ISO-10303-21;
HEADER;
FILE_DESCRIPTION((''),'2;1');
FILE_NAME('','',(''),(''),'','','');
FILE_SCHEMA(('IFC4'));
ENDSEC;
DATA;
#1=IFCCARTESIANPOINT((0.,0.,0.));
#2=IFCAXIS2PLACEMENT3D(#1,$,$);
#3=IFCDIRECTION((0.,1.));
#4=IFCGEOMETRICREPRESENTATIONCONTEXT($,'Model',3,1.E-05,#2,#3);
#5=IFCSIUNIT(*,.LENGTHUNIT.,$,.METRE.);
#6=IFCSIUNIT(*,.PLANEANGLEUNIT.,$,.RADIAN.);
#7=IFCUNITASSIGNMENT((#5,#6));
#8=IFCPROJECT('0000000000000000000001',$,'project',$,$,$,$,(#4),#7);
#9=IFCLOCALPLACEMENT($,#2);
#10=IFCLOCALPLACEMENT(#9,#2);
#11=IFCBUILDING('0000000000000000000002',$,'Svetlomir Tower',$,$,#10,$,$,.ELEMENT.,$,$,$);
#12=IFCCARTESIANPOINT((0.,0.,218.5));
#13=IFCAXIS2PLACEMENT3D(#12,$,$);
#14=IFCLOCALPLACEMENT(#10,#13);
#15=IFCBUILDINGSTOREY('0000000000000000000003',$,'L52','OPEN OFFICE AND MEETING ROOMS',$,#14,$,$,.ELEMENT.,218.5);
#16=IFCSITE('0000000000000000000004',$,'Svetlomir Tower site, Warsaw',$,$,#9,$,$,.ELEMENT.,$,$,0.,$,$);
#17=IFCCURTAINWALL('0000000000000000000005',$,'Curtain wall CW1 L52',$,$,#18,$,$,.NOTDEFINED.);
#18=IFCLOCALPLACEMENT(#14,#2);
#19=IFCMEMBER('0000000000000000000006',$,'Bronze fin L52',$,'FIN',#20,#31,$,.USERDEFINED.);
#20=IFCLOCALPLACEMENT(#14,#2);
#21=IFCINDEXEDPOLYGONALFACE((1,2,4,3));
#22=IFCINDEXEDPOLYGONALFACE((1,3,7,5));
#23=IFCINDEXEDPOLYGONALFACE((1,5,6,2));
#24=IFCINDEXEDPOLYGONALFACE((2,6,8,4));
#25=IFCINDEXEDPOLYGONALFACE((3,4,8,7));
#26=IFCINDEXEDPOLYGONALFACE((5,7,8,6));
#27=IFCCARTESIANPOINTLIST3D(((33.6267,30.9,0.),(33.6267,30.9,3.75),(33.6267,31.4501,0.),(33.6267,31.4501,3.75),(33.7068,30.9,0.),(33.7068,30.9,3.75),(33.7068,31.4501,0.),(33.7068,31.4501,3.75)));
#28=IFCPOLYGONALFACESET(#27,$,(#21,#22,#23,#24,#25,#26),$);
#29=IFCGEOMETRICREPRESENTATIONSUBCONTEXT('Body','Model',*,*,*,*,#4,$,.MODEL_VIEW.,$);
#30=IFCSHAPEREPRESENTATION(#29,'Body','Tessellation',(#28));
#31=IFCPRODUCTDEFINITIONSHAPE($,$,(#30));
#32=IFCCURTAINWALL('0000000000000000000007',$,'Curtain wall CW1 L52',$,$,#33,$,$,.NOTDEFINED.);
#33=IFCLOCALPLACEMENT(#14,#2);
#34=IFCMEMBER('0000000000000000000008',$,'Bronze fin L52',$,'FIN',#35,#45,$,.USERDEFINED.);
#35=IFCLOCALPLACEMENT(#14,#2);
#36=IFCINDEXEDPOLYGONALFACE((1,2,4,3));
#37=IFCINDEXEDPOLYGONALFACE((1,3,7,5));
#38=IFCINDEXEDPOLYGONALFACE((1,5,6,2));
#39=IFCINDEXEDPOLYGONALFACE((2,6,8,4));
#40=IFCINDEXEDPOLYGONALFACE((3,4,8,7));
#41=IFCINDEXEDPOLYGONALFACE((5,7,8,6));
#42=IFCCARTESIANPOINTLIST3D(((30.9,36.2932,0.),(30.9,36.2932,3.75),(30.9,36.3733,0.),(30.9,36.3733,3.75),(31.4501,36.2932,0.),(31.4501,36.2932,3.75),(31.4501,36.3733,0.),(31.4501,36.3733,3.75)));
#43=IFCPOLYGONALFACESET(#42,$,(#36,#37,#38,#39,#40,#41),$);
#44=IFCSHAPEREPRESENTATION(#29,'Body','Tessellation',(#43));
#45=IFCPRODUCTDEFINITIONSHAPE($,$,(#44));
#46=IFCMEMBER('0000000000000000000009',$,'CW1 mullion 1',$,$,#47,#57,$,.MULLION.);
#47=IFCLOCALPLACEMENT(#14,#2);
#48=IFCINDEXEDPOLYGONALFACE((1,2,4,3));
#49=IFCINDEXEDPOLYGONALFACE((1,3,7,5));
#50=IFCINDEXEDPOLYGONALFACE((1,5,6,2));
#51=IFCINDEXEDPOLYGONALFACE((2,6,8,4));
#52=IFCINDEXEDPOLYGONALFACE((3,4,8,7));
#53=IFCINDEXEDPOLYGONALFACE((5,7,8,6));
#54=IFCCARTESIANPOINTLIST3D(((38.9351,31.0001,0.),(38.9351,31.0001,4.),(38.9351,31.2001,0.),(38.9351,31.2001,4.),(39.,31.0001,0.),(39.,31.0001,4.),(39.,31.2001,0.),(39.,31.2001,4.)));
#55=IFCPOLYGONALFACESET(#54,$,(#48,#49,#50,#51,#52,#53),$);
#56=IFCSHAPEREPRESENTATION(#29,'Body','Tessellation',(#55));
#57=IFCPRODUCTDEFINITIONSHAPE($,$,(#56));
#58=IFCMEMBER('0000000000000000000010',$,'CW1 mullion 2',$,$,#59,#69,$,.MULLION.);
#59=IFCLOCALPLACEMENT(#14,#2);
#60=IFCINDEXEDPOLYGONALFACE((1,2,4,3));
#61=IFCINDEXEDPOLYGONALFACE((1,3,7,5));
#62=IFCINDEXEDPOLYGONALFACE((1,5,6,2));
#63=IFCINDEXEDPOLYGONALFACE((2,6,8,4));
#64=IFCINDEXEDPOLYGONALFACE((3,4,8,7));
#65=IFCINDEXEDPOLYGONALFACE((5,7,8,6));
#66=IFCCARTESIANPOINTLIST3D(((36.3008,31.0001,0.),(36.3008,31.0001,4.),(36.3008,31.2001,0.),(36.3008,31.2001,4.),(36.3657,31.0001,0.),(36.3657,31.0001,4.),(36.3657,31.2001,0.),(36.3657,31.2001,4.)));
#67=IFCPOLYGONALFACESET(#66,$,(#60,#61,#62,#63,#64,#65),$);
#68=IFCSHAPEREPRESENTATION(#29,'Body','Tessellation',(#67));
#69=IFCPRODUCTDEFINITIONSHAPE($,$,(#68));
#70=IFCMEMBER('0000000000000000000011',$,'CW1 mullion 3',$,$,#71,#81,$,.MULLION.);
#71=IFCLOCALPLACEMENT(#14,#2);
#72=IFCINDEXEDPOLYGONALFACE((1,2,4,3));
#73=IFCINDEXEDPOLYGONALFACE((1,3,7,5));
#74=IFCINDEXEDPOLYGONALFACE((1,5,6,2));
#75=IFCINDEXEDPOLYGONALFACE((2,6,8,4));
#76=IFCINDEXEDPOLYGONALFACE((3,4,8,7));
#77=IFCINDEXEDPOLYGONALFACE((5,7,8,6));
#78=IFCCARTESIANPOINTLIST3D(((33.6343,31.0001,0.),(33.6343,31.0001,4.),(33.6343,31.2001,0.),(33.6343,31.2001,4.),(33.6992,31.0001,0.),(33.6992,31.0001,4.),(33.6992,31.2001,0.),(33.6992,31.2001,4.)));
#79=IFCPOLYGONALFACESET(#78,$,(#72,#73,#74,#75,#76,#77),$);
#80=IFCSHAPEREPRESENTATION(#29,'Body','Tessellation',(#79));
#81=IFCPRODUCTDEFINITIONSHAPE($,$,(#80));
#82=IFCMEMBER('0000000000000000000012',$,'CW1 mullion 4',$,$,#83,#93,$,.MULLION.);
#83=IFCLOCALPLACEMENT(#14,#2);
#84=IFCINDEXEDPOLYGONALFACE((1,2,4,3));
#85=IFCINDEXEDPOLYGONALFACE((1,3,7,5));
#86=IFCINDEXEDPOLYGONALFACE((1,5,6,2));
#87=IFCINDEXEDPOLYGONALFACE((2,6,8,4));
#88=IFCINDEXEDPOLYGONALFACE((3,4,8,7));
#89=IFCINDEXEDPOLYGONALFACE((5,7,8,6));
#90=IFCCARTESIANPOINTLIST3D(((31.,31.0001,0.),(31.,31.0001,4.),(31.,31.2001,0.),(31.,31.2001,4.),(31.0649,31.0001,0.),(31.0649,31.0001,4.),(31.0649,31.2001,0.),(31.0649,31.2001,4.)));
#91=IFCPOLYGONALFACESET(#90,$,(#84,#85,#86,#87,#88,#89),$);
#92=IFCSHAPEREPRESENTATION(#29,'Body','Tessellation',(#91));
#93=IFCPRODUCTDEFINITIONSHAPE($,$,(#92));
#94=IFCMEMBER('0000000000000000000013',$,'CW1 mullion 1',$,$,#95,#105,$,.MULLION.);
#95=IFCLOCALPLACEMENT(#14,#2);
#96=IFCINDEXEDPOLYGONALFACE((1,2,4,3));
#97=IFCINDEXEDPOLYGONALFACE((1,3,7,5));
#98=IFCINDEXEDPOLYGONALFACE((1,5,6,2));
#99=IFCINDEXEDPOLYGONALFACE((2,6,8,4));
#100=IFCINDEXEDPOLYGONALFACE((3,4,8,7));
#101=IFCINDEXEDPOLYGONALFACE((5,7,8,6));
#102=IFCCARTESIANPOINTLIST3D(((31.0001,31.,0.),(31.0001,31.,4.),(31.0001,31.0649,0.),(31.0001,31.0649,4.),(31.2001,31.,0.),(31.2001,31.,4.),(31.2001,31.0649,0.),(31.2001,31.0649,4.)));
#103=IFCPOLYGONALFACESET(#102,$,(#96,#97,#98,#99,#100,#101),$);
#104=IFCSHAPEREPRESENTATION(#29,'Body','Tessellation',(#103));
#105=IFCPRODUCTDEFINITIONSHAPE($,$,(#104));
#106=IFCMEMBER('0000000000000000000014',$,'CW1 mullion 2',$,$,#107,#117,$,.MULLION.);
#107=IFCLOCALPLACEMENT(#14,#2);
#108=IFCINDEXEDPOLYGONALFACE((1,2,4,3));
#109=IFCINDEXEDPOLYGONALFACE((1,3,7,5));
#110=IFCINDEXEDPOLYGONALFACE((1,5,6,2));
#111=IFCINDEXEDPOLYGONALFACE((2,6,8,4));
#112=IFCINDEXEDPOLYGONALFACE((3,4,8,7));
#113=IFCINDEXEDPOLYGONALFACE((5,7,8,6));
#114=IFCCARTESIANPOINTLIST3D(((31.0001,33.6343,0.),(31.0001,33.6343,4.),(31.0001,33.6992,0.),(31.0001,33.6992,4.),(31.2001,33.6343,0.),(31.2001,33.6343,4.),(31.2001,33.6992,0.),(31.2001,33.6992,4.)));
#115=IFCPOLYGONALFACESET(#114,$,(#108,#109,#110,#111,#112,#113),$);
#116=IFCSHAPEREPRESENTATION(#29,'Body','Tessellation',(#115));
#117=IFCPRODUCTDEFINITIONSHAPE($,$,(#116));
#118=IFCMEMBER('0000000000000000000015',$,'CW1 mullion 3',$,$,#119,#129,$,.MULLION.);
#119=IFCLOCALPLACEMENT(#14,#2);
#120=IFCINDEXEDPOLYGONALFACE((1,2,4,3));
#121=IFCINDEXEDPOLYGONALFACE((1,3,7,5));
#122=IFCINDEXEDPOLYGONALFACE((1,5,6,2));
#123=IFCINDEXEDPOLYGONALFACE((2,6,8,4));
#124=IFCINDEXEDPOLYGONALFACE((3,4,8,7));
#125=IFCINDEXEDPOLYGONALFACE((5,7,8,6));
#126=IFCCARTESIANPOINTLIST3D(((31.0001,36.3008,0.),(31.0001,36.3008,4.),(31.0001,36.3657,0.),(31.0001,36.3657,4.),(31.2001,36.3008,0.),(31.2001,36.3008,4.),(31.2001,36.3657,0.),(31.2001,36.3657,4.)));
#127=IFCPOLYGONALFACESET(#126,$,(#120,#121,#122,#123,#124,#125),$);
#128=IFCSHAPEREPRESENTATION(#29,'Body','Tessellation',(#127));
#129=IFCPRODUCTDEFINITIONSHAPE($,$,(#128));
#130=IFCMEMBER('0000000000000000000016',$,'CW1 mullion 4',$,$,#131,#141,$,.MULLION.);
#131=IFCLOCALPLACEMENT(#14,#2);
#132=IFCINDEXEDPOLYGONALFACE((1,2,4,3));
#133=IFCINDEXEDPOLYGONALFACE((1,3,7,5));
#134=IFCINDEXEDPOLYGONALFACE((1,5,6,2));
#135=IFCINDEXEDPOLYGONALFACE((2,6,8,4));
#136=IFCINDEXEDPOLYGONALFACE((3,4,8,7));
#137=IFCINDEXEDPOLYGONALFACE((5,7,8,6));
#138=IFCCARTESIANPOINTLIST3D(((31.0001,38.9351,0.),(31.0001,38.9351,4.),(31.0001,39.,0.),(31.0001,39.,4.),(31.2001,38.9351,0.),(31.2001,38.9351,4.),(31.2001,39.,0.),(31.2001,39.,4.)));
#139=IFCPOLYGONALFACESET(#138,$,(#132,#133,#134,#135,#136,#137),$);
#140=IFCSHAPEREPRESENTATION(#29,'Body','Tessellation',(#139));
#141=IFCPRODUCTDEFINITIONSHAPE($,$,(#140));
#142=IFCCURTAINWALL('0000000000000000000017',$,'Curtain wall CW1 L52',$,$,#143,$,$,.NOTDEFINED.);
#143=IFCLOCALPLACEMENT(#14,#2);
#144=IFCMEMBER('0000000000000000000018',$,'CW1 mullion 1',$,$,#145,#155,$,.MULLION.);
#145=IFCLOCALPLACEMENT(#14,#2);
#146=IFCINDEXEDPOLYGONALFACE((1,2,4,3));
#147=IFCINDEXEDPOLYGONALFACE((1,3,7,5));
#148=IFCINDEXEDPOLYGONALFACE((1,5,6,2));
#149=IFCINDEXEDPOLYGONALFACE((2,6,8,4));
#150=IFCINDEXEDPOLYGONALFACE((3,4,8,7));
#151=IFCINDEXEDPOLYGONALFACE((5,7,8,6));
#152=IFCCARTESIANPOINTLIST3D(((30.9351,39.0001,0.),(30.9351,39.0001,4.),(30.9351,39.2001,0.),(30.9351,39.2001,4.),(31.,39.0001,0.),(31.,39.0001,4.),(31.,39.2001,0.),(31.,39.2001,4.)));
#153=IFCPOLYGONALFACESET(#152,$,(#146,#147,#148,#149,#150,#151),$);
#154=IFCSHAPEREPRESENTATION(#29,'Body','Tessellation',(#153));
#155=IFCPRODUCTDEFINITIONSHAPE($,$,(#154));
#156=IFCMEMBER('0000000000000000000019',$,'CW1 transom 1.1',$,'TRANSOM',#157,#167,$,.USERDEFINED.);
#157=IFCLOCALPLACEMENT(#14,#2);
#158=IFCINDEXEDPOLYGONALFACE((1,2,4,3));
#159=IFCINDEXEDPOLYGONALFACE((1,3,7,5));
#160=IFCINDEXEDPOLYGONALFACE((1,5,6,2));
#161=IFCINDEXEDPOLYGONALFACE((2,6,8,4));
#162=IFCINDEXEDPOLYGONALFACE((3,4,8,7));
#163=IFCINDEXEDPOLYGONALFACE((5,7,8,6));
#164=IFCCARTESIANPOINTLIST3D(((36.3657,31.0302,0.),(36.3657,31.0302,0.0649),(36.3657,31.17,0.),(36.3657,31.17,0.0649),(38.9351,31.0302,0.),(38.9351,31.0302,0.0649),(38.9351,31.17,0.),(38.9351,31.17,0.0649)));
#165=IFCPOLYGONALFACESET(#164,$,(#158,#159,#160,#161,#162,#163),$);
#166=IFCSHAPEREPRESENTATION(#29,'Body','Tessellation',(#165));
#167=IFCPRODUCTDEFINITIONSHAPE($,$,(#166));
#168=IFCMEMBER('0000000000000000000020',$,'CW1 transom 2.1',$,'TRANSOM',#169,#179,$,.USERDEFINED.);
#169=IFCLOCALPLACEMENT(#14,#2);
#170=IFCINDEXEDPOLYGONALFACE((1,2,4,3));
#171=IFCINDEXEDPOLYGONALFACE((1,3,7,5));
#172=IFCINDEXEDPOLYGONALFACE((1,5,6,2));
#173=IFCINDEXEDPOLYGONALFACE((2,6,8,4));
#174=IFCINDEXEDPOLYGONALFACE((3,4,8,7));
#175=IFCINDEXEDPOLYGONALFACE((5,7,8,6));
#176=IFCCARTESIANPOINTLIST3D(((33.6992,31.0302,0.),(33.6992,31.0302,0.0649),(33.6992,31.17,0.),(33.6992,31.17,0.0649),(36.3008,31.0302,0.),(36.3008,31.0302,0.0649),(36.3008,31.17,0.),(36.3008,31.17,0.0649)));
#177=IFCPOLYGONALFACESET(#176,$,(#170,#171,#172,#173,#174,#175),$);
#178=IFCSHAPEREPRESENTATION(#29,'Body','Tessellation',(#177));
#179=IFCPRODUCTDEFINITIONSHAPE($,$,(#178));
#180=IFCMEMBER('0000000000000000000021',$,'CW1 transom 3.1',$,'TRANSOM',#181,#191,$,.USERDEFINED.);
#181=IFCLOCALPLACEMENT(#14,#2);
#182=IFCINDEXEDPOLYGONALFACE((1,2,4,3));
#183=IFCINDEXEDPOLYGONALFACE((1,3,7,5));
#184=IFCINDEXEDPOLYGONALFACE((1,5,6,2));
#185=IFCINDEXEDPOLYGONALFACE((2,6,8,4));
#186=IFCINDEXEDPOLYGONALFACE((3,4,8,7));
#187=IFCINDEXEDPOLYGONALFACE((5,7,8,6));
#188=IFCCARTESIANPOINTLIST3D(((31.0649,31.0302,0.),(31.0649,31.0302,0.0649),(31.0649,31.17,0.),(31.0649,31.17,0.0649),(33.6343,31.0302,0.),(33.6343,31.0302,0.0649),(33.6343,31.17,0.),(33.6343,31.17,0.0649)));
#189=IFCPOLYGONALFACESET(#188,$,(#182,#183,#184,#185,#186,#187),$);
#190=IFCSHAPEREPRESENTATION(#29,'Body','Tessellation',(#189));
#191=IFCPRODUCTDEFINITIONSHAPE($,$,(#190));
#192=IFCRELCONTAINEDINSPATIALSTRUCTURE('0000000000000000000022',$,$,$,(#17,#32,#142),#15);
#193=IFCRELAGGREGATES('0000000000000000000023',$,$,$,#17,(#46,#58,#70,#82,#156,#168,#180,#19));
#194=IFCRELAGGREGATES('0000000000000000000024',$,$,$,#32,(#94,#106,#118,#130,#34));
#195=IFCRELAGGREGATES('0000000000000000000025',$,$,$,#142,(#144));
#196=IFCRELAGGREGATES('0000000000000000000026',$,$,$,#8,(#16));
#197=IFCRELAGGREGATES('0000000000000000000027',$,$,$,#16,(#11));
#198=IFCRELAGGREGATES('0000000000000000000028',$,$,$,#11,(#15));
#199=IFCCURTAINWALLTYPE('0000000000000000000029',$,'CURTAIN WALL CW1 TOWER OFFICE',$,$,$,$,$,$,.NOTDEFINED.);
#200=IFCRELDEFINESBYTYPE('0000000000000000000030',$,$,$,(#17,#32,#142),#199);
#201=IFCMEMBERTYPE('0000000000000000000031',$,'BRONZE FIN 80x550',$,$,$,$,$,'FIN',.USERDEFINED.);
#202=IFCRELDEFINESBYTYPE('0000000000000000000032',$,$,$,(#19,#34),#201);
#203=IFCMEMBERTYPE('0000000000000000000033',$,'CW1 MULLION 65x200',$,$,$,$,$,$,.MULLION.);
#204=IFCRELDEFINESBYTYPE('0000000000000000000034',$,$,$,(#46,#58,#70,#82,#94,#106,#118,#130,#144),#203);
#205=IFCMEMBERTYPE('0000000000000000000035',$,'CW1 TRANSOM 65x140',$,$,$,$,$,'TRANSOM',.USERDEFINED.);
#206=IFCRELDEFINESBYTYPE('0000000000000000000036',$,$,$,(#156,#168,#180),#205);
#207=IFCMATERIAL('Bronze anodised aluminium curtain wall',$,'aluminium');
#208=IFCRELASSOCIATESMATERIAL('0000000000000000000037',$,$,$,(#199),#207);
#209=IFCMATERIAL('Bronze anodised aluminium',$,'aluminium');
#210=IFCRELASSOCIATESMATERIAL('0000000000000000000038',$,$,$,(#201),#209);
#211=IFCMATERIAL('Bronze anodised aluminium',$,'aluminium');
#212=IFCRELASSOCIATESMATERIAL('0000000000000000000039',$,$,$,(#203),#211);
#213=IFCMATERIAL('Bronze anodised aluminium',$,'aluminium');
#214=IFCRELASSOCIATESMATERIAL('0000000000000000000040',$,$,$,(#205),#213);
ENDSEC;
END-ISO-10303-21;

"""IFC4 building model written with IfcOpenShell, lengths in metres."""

from ifc_helpers import new_model, si_unit, direction, frame, origin, origin_2d, place, context, subcontext, project, spatial, rectangle, extrude, material, material_profile, profile_set, type_object, element, aggregate, save


model = new_model("IFC4")

# Units and contexts
model_context = context("Model", 3, precision=1e-05, world=origin(), true_north=direction((0.0, 1.0)))
body_context = subcontext(model_context, "Body", "Model", "MODEL_VIEW")
ifc_project = project(units=[si_unit("LENGTHUNIT", "METRE"), si_unit("PLANEANGLEUNIT", "RADIAN")], contexts=[model_context])

# Site, building, storey
site_placement = place(None, origin())
site = spatial("IfcSite", under=ifc_project, at=site_placement, Name="Svetlomir Tower site, Warsaw", CompositionType="ELEMENT", RefElevation=0.0)
building_placement = place(site_placement, origin())
building = spatial("IfcBuilding", under=site, at=building_placement, Name="Svetlomir Tower", CompositionType="ELEMENT")
storey_placement = place(building_placement, frame((0.0, 0.0, 218.5)))
storey = spatial("IfcBuildingStorey", under=building, at=storey_placement, Name="L52", Description="OPEN OFFICE AND MEETING ROOMS", CompositionType="ELEMENT", Elevation=218.5)

# Curtain walls, members
ifc_material_1 = material(Name="Bronze anodised aluminium curtain wall", Category="aluminium")
curtain_wall_type = type_object("IfcCurtainWallType", Name="CURTAIN WALL CW1 TOWER OFFICE", PredefinedType="NOTDEFINED", material=ifc_material_1)
curtain_wall_1_placement = place(storey_placement, origin())
curtain_wall_1 = element("IfcCurtainWall", 1, at=curtain_wall_1_placement, inside=storey, type_object=curtain_wall_type, Name="Curtain wall CW1 L52", PredefinedType="NOTDEFINED")
ifc_material_2 = material(Name="Bronze anodised aluminium", Category="aluminium")
ifc_material_profile_1 = material_profile(ifc_material_2, rectangle(XDim=0.0801, YDim=0.55, at=origin_2d()), Name="FIN 80x550")
ifc_profile_set_1 = profile_set([ifc_material_profile_1], Name="Bronze anodised aluminium 6063-T6")
member_type_1 = type_object("IfcMemberType", Name="BRONZE FIN 80x550", ElementType="FIN", PredefinedType="USERDEFINED", material=ifc_profile_set_1)
member_1_placement = place(storey_placement, frame((33.6667, 31.175, 0.0), z_axis=(0.0, 0.0, 1.0), x_axis=(1.0, 0.0, 0.0)))
member_1 = element("IfcMember", 2, at=member_1_placement, type_object=member_type_1, Name="Bronze fin L52", ObjectType="FIN", PredefinedType="USERDEFINED", context=body_context, shape_type="SweptSolid", body=[
    extrude(rectangle(XDim=0.0801, YDim=0.55, at=origin_2d()), origin(), (0.0, 0.0, 1.0), 3.75),
])
curtain_wall_2_placement = place(storey_placement, origin())
curtain_wall_2 = element("IfcCurtainWall", 3, at=curtain_wall_2_placement, inside=storey, type_object=curtain_wall_type, Name="Curtain wall CW1 L52", PredefinedType="NOTDEFINED")
member_2_placement = place(storey_placement, frame((31.175, 36.3333, 0.0), z_axis=(0.0, 0.0, 1.0), x_axis=(0.0, 1.0, 0.0)))
member_2 = element("IfcMember", 4, at=member_2_placement, type_object=member_type_1, Name="Bronze fin L52", ObjectType="FIN", PredefinedType="USERDEFINED", context=body_context, shape_type="SweptSolid", body=[
    extrude(rectangle(XDim=0.0801, YDim=0.55, at=origin_2d()), origin(), (0.0, 0.0, 1.0), 3.75),
])

# Members
ifc_material_3 = material(Name="Bronze anodised aluminium", Category="aluminium")
ifc_material_profile_2 = material_profile(ifc_material_3, rectangle(XDim=0.0649, YDim=0.2, at=origin_2d()), Name="AL 65x200")
ifc_profile_set_2 = profile_set([ifc_material_profile_2], Name="Bronze anodised aluminium 6063-T6")
member_type_2 = type_object("IfcMemberType", Name="CW1 MULLION 65x200", PredefinedType="MULLION", material=ifc_profile_set_2)
member_3_placement = place(storey_placement, frame((38.9675, 31.1001, 0.0), z_axis=(0.0, 0.0, 1.0), x_axis=(-1.0, 0.0, 0.0)))
member_3 = element("IfcMember", 5, at=member_3_placement, type_object=member_type_2, Name="CW1 mullion 1", PredefinedType="MULLION", context=body_context, shape_type="SweptSolid", body=[
    extrude(rectangle(XDim=0.0649, YDim=0.2, at=origin_2d()), origin(), (0.0, 0.0, 1.0), 4.0),
])
member_4_placement = place(storey_placement, frame((36.3333, 31.1001, 0.0), z_axis=(0.0, 0.0, 1.0), x_axis=(-1.0, 0.0, 0.0)))
member_4 = element("IfcMember", 6, at=member_4_placement, type_object=member_type_2, Name="CW1 mullion 2", PredefinedType="MULLION", context=body_context, shape_type="SweptSolid", body=[
    extrude(rectangle(XDim=0.0649, YDim=0.2, at=origin_2d()), origin(), (0.0, 0.0, 1.0), 4.0),
])
member_5_placement = place(storey_placement, frame((33.6667, 31.1001, 0.0), z_axis=(0.0, 0.0, 1.0), x_axis=(-1.0, 0.0, 0.0)))
member_5 = element("IfcMember", 7, at=member_5_placement, type_object=member_type_2, Name="CW1 mullion 3", PredefinedType="MULLION", context=body_context, shape_type="SweptSolid", body=[
    extrude(rectangle(XDim=0.0649, YDim=0.2, at=origin_2d()), origin(), (0.0, 0.0, 1.0), 4.0),
])
member_6_placement = place(storey_placement, frame((31.0325, 31.1001, 0.0), z_axis=(0.0, 0.0, 1.0), x_axis=(-1.0, 0.0, 0.0)))
member_6 = element("IfcMember", 8, at=member_6_placement, type_object=member_type_2, Name="CW1 mullion 4", PredefinedType="MULLION", context=body_context, shape_type="SweptSolid", body=[
    extrude(rectangle(XDim=0.0649, YDim=0.2, at=origin_2d()), origin(), (0.0, 0.0, 1.0), 4.0),
])
member_7_placement = place(storey_placement, frame((31.1001, 31.0325, 0.0), z_axis=(0.0, 0.0, 1.0), x_axis=(0.0, 1.0, 0.0)))
member_7 = element("IfcMember", 9, at=member_7_placement, type_object=member_type_2, Name="CW1 mullion 1", PredefinedType="MULLION", context=body_context, shape_type="SweptSolid", body=[
    extrude(rectangle(XDim=0.0649, YDim=0.2, at=origin_2d()), origin(), (0.0, 0.0, 1.0), 4.0),
])
member_8_placement = place(storey_placement, frame((31.1001, 33.6667, 0.0), z_axis=(0.0, 0.0, 1.0), x_axis=(0.0, 1.0, 0.0)))
member_8 = element("IfcMember", 10, at=member_8_placement, type_object=member_type_2, Name="CW1 mullion 2", PredefinedType="MULLION", context=body_context, shape_type="SweptSolid", body=[
    extrude(rectangle(XDim=0.0649, YDim=0.2, at=origin_2d()), origin(), (0.0, 0.0, 1.0), 4.0),
])
member_9_placement = place(storey_placement, frame((31.1001, 36.3333, 0.0), z_axis=(0.0, 0.0, 1.0), x_axis=(0.0, 1.0, 0.0)))
member_9 = element("IfcMember", 11, at=member_9_placement, type_object=member_type_2, Name="CW1 mullion 3", PredefinedType="MULLION", context=body_context, shape_type="SweptSolid", body=[
    extrude(rectangle(XDim=0.0649, YDim=0.2, at=origin_2d()), origin(), (0.0, 0.0, 1.0), 4.0),
])
member_10_placement = place(storey_placement, frame((31.1001, 38.9675, 0.0), z_axis=(0.0, 0.0, 1.0), x_axis=(0.0, 1.0, 0.0)))
member_10 = element("IfcMember", 12, at=member_10_placement, type_object=member_type_2, Name="CW1 mullion 4", PredefinedType="MULLION", context=body_context, shape_type="SweptSolid", body=[
    extrude(rectangle(XDim=0.0649, YDim=0.2, at=origin_2d()), origin(), (0.0, 0.0, 1.0), 4.0),
])

# Curtain wall, member
curtain_wall_3_placement = place(storey_placement, origin())
curtain_wall_3 = element("IfcCurtainWall", 13, at=curtain_wall_3_placement, inside=storey, type_object=curtain_wall_type, Name="Curtain wall CW1 L52", PredefinedType="NOTDEFINED")
member_11_placement = place(storey_placement, frame((30.9675, 39.1001, 0.0), z_axis=(0.0, 0.0, 1.0), x_axis=(-1.0, 0.0, 0.0)))
member_11 = element("IfcMember", 14, at=member_11_placement, type_object=member_type_2, Name="CW1 mullion 1", PredefinedType="MULLION", context=body_context, shape_type="SweptSolid", body=[
    extrude(rectangle(XDim=0.0649, YDim=0.2, at=origin_2d()), origin(), (0.0, 0.0, 1.0), 4.0),
])

# Members
ifc_material_4 = material(Name="Bronze anodised aluminium", Category="aluminium")
ifc_material_profile_3 = material_profile(ifc_material_4, rectangle(XDim=0.1399, YDim=0.0649, at=origin_2d()), Name="AL 140x65")
ifc_profile_set_3 = profile_set([ifc_material_profile_3], Name="Bronze anodised aluminium 6063-T6")
member_type_3 = type_object("IfcMemberType", Name="CW1 TRANSOM 65x140", ElementType="TRANSOM", PredefinedType="USERDEFINED", material=ifc_profile_set_3)
member_12_placement = place(storey_placement, frame((38.9351, 31.1001, 0.0325), z_axis=(-1.0, 0.0, 0.0), x_axis=(0.0, -1.0, 0.0)))
member_12 = element("IfcMember", 15, at=member_12_placement, type_object=member_type_3, Name="CW1 transom 1.1", ObjectType="TRANSOM", PredefinedType="USERDEFINED", context=body_context, shape_type="SweptSolid", body=[
    extrude(rectangle(XDim=0.1399, YDim=0.0649, at=origin_2d()), origin(), (0.0, 0.0, 1.0), 2.5693),
])
member_13_placement = place(storey_placement, frame((36.3008, 31.1001, 0.0325), z_axis=(-1.0, 0.0, 0.0), x_axis=(0.0, -1.0, 0.0)))
member_13 = element("IfcMember", 16, at=member_13_placement, type_object=member_type_3, Name="CW1 transom 2.1", ObjectType="TRANSOM", PredefinedType="USERDEFINED", context=body_context, shape_type="SweptSolid", body=[
    extrude(rectangle(XDim=0.1399, YDim=0.0649, at=origin_2d()), origin(), (0.0, 0.0, 1.0), 2.6016),
])
member_14_placement = place(storey_placement, frame((33.6343, 31.1001, 0.0325), z_axis=(-1.0, 0.0, 0.0), x_axis=(0.0, -1.0, 0.0)))
member_14 = element("IfcMember", 17, at=member_14_placement, type_object=member_type_3, Name="CW1 transom 3.1", ObjectType="TRANSOM", PredefinedType="USERDEFINED", context=body_context, shape_type="SweptSolid", body=[
    extrude(rectangle(XDim=0.1399, YDim=0.0649, at=origin_2d()), origin(), (0.0, 0.0, 1.0), 2.5693),
])

aggregate(curtain_wall_1, [member_3, member_4, member_5, member_6, member_12, member_13, member_14, member_1])
aggregate(curtain_wall_2, [member_7, member_8, member_9, member_10, member_2])
aggregate(curtain_wall_3, [member_11])

save(model, "model.ifc")
